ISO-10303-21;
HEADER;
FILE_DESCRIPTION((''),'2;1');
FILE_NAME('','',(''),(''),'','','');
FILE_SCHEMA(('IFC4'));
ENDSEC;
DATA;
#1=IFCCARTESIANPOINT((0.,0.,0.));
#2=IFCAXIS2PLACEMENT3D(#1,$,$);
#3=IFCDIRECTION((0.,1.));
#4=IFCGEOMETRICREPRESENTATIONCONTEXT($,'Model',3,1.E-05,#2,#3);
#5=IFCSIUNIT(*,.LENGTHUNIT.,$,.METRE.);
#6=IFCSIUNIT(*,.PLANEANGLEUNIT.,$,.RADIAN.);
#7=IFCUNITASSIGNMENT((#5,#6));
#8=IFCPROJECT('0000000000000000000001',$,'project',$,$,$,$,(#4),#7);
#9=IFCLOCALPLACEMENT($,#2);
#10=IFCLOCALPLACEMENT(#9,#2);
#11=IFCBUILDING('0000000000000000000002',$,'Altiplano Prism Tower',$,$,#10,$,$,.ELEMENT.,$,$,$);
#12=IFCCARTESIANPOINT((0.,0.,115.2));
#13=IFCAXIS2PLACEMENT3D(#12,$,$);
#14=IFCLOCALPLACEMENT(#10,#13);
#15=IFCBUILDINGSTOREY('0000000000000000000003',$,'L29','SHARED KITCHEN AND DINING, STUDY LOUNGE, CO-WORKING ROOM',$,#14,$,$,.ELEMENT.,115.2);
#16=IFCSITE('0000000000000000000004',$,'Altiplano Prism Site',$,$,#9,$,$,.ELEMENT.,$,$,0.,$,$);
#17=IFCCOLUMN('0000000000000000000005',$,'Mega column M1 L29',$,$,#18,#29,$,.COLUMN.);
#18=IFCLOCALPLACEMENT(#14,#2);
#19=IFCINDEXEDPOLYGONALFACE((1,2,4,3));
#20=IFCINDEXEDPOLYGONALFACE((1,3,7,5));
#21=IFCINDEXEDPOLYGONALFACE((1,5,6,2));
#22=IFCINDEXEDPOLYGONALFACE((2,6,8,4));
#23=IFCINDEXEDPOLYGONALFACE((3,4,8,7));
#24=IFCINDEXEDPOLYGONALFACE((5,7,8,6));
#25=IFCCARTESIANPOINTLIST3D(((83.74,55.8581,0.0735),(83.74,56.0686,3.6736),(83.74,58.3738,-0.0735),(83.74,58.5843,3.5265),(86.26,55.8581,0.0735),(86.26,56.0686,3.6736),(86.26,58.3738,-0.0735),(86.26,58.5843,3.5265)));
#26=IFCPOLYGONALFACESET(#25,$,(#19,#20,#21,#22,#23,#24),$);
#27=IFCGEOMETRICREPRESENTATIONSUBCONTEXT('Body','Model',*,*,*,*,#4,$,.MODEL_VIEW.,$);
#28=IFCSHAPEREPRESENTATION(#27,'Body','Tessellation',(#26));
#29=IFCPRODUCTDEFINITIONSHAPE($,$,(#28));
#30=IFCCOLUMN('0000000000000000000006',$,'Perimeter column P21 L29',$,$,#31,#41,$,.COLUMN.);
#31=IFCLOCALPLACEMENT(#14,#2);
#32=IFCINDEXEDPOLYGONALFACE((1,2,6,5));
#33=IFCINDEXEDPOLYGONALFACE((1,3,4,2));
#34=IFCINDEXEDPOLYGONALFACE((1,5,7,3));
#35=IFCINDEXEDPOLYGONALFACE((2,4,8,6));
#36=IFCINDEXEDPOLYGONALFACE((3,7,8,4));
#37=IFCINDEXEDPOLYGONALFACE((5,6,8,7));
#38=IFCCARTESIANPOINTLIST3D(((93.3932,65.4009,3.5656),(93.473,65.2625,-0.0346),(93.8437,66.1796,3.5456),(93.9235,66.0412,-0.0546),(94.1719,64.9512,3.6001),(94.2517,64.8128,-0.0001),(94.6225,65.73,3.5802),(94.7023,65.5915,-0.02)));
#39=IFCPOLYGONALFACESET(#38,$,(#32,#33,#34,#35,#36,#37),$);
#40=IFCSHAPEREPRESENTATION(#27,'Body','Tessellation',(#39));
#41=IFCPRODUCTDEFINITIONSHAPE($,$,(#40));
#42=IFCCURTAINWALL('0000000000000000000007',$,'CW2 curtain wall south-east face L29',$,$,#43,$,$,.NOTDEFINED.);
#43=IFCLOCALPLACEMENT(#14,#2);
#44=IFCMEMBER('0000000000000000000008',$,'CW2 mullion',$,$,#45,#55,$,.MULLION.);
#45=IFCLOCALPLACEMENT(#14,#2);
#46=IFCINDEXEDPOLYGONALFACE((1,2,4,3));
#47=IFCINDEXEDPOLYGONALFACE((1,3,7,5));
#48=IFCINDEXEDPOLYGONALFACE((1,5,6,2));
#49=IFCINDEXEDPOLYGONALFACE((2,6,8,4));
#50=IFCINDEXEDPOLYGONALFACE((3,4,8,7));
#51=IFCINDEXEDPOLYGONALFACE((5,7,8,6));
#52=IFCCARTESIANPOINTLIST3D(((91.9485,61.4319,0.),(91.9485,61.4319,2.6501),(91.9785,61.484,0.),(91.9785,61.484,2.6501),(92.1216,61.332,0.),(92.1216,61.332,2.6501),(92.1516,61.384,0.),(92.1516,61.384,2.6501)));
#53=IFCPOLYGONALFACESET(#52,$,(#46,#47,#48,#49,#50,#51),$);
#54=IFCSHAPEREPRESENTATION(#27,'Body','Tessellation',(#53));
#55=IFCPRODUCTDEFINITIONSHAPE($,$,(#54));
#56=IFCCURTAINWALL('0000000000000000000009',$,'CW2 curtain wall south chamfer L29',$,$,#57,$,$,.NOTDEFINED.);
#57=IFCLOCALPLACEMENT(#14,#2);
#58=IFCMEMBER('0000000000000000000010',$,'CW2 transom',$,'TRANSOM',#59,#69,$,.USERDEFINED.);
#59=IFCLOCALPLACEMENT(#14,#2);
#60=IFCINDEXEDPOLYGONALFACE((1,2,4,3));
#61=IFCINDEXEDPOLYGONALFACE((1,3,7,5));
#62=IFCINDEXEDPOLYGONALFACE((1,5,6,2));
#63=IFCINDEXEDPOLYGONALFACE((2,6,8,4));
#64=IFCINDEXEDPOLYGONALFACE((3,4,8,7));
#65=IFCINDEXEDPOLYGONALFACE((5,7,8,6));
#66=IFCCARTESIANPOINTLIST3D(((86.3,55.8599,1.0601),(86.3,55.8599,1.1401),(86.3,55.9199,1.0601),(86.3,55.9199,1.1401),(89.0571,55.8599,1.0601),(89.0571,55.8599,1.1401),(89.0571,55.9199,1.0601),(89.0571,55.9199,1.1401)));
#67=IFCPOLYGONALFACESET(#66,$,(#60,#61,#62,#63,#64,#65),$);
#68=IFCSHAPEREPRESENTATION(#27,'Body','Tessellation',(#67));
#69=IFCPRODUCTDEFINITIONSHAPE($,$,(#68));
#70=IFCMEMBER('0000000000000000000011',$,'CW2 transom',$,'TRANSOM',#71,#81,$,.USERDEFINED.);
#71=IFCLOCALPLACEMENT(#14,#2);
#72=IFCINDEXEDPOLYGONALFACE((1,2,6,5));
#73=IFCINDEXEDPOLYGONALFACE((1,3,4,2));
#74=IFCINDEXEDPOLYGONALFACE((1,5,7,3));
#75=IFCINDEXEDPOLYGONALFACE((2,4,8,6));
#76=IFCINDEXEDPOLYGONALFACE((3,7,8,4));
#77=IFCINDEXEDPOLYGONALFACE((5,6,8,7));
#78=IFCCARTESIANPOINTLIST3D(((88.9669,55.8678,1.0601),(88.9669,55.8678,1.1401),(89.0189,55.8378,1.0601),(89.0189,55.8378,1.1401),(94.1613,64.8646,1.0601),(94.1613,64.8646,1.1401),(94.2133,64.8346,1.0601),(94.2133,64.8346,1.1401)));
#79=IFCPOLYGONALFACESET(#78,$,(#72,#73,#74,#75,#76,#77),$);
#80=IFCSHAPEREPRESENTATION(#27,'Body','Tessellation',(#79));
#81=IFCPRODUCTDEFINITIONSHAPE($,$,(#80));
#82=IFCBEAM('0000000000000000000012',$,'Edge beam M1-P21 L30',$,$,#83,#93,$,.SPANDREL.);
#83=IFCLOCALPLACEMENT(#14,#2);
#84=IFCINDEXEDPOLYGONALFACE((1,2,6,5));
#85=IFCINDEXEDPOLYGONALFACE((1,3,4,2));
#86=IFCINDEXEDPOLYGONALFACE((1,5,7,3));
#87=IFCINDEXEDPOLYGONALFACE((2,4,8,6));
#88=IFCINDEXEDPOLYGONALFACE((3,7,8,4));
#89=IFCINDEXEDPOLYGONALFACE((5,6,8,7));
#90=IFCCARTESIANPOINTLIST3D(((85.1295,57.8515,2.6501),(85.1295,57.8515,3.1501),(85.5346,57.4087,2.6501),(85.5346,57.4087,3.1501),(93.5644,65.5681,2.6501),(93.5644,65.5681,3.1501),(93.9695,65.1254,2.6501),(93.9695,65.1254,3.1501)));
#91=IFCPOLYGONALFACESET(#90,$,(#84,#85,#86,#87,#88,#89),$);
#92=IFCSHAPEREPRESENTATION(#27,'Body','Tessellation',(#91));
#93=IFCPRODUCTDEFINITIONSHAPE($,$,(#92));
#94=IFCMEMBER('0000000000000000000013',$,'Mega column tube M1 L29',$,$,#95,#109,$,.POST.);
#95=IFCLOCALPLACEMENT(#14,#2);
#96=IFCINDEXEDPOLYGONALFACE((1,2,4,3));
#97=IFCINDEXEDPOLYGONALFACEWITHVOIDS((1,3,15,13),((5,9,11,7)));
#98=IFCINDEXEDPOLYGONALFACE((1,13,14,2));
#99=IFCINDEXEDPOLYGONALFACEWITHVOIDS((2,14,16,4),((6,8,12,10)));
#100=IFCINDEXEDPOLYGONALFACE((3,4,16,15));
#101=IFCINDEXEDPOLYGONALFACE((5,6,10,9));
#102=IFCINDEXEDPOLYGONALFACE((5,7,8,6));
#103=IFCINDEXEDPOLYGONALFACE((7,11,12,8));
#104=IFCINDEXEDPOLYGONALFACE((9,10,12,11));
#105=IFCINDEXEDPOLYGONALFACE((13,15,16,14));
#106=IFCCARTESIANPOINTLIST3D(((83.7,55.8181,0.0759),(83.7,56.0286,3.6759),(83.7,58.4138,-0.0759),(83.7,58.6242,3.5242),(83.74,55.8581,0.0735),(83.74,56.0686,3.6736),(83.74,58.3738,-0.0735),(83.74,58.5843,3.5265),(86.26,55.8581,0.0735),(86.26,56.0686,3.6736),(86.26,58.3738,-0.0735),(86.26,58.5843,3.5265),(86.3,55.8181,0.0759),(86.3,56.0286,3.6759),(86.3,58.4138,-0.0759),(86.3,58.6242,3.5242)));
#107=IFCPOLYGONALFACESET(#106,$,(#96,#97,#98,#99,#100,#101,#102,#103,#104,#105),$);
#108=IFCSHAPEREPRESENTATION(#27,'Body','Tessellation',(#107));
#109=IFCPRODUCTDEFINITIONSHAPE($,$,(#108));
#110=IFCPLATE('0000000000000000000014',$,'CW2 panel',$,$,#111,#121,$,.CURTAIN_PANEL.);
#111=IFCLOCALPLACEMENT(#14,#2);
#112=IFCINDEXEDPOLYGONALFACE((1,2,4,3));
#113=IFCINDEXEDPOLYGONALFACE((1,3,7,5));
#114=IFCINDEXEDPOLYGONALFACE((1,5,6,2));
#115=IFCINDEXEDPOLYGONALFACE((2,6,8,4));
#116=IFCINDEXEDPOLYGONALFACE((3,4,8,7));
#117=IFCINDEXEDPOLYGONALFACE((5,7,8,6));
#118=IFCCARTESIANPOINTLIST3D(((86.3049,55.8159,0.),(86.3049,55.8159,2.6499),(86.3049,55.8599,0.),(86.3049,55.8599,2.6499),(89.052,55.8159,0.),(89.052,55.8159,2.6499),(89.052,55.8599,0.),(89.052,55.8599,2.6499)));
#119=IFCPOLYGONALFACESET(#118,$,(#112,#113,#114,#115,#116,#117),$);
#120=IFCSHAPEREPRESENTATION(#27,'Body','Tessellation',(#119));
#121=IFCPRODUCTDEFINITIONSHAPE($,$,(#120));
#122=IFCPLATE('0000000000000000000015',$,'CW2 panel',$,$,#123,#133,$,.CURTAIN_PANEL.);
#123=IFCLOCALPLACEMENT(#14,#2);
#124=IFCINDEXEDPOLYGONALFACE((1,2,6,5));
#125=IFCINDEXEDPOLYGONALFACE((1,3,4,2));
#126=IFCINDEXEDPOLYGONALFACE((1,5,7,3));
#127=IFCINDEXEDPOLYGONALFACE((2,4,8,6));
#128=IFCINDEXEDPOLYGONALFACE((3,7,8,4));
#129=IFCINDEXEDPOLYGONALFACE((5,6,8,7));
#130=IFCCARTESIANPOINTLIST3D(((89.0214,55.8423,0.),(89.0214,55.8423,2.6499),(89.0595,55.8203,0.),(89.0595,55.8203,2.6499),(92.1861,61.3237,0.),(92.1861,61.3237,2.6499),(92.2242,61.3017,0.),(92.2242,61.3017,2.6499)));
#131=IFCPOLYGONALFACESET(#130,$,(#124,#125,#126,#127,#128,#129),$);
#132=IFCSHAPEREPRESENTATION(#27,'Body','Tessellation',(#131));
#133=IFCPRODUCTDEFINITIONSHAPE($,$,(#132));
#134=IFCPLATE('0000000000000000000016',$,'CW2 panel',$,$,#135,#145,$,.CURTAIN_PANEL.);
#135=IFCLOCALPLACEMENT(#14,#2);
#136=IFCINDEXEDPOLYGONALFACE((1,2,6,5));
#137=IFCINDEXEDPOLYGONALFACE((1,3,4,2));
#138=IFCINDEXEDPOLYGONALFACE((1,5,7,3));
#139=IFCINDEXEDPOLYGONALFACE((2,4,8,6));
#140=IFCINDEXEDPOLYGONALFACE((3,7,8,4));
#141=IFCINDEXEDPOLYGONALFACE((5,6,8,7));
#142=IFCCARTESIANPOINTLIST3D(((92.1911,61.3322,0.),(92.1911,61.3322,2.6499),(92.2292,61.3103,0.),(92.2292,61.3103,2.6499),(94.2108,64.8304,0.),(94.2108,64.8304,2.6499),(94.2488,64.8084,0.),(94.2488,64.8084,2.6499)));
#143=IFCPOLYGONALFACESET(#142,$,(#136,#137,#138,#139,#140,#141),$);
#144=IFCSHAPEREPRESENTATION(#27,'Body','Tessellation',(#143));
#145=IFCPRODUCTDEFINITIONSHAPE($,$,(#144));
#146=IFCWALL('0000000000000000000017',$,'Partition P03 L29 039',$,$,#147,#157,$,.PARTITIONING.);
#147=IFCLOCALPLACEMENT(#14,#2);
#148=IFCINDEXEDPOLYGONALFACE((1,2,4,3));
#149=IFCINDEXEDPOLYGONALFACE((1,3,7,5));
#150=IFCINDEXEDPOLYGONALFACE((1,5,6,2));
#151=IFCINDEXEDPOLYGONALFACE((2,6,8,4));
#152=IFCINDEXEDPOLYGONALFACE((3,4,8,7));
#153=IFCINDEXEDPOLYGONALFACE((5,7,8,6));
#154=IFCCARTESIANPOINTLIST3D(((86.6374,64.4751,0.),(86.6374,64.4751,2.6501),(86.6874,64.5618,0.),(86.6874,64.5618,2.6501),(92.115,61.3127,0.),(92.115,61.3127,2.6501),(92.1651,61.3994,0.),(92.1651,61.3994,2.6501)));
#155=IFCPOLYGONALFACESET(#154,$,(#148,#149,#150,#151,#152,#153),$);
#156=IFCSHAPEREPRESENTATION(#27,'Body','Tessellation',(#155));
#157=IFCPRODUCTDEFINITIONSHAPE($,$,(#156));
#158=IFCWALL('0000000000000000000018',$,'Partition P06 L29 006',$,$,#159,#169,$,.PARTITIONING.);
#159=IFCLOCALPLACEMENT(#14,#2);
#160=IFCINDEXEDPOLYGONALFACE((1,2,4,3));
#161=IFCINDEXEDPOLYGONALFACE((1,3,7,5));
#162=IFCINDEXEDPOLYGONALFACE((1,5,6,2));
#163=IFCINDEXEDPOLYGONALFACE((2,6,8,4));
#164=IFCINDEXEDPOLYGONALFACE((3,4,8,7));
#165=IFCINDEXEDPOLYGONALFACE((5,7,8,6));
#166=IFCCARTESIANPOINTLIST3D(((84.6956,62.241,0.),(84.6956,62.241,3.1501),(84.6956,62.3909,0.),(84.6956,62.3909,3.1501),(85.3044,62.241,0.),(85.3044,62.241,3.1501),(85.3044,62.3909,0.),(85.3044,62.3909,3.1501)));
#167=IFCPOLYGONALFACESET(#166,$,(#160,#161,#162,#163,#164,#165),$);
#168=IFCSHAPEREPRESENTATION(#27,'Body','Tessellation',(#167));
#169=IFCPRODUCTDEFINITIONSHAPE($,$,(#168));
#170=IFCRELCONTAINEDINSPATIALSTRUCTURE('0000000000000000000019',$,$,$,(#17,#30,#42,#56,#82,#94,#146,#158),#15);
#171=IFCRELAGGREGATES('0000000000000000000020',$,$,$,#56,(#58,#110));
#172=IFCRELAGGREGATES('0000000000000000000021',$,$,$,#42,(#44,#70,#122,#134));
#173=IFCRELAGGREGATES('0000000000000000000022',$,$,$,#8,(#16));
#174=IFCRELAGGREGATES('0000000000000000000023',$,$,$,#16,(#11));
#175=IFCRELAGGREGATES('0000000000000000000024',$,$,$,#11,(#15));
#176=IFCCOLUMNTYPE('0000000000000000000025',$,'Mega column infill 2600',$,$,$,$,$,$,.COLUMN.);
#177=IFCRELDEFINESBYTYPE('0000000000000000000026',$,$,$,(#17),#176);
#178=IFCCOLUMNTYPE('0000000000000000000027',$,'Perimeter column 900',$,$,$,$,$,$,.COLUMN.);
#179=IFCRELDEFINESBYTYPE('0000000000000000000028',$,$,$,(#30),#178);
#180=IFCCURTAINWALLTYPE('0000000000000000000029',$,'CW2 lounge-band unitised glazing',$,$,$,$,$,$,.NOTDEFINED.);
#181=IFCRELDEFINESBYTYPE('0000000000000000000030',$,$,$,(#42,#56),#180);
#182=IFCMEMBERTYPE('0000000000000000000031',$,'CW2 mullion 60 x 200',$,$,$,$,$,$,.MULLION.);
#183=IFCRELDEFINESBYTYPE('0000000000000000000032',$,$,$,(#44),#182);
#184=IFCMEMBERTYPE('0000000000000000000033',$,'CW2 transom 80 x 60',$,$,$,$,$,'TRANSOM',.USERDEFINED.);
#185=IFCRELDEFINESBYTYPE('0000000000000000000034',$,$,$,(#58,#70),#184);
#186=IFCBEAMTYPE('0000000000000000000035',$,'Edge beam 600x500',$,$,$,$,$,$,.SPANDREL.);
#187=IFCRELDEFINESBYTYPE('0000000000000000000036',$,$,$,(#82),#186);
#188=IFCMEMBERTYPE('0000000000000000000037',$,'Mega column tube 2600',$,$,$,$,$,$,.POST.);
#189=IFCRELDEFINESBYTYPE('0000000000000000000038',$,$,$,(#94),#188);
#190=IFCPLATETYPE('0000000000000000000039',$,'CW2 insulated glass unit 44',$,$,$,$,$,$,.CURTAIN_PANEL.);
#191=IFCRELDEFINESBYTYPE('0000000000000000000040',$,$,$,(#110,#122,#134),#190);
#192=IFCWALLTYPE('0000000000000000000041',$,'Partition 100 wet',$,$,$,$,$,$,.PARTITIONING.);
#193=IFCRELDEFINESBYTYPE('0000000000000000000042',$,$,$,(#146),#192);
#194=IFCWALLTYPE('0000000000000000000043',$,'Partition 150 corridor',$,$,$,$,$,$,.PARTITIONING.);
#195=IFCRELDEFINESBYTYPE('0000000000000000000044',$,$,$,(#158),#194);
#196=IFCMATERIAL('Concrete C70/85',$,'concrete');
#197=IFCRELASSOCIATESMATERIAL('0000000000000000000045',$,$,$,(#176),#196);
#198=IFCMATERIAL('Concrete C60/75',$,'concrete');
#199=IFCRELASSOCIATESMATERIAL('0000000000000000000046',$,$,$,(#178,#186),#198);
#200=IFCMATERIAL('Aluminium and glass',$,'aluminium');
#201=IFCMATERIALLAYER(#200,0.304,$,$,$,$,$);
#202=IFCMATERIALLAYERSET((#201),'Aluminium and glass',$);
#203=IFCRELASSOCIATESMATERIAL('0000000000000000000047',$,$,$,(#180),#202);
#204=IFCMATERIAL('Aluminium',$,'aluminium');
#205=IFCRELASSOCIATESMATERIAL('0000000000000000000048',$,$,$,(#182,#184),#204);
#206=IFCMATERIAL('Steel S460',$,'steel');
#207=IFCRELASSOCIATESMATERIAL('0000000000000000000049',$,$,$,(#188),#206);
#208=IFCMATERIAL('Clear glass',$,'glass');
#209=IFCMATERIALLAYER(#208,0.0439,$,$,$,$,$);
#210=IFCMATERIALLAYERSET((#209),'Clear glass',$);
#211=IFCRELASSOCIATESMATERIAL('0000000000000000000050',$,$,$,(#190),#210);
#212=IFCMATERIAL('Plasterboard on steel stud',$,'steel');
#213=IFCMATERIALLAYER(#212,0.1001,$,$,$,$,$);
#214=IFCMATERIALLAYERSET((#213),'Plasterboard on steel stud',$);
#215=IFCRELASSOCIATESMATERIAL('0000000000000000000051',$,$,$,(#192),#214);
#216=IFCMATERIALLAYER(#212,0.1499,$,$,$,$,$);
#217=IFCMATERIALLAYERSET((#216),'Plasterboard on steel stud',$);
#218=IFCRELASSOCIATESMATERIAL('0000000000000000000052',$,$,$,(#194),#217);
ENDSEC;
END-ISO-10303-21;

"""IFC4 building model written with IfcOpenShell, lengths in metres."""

from ifc_helpers import new_model, si_unit, direction, frame, frame_2d, origin, origin_2d, place, context, subcontext, project, spatial, rectangle, hollow_rectangle, extrude, material, layer, layer_set, material_profile, profile_set, type_object, element, aggregate, save


model = new_model("IFC4")

# Units and contexts
model_context = context("Model", 3, precision=1e-05, world=origin(), true_north=direction((0.0, 1.0)))
body_context = subcontext(model_context, "Body", "Model", "MODEL_VIEW")
ifc_project = project(units=[si_unit("LENGTHUNIT", "METRE"), si_unit("PLANEANGLEUNIT", "RADIAN")], contexts=[model_context])

# Site, building, storey
site_placement = place(None, origin())
site = spatial("IfcSite", under=ifc_project, at=site_placement, Name="Altiplano Prism Site", CompositionType="ELEMENT", RefElevation=0.0)
building_placement = place(site_placement, origin())
building = spatial("IfcBuilding", under=site, at=building_placement, Name="Altiplano Prism Tower", CompositionType="ELEMENT")
storey_placement = place(building_placement, frame((0.0, 0.0, 115.2)))
storey = spatial("IfcBuildingStorey", under=building, at=storey_placement, Name="L29", Description="SHARED KITCHEN AND DINING, STUDY LOUNGE, CO-WORKING ROOM", CompositionType="ELEMENT", Elevation=115.2)

# Columns
ifc_material_1 = material(Name="Concrete C70/85", Category="concrete")
ifc_material_profile_1 = material_profile(ifc_material_1, rectangle(XDim=2.52, YDim=2.52, at=origin_2d()), Name="Mega column infill 2600")
ifc_profile_set_1 = profile_set([ifc_material_profile_1], Name="Concrete C70/85")
column_type_1 = type_object("IfcColumnType", Name="Mega column infill 2600", PredefinedType="COLUMN", material=ifc_profile_set_1)
column_1_placement = place(storey_placement, frame((85.0, 57.116, 0.0), z_axis=(0.0, 0.058357, 0.998296), x_axis=(-1.0, 0.0, 0.0)))
element("IfcColumn", 1, at=column_1_placement, inside=storey, type_object=column_type_1, Name="Mega column M1 L29", PredefinedType="COLUMN", context=body_context, shape_type="SweptSolid", body=[
    extrude(rectangle(XDim=2.52, YDim=2.52, at=origin_2d()), origin(), (0.0, 0.0, 1.0), 3.6062),
])
ifc_material_2 = material(Name="Concrete C60/75", Category="concrete")
ifc_material_profile_2 = material_profile(ifc_material_2, rectangle(XDim=0.8999, YDim=0.8999, at=origin_2d()), Name="Perimeter column 900")
ifc_profile_set_2 = profile_set([ifc_material_profile_2], Name="Concrete C60/75")
column_type_2 = type_object("IfcColumnType", Name="Perimeter column 900", PredefinedType="COLUMN", material=ifc_profile_set_2)
column_2_placement = place(storey_placement, frame((94.0876, 65.427, -0.0273), z_axis=(-0.022154, 0.038413, 0.999016), x_axis=(-0.500657, -0.865362, 0.022172)))
element("IfcColumn", 2, at=column_2_placement, inside=storey, type_object=column_type_2, Name="Perimeter column P21 L29", PredefinedType="COLUMN", context=body_context, shape_type="SweptSolid", body=[
    extrude(rectangle(XDim=0.8999, YDim=0.8999, at=origin_2d()), origin(), (0.0, 0.0, 1.0), 3.6038),
])

# Curtain walls, members
ifc_material_3 = material(Name="Aluminium and glass", Category="aluminium")
ifc_layer_1 = layer(ifc_material_3, 0.304)
ifc_layer_set_1 = layer_set([ifc_layer_1], Name="Aluminium and glass")
curtain_wall_type = type_object("IfcCurtainWallType", Name="CW2 lounge-band unitised glazing", PredefinedType="NOTDEFINED", material=ifc_layer_set_1)
curtain_wall_1_placement = place(storey_placement, origin())
curtain_wall_1 = element("IfcCurtainWall", 3, at=curtain_wall_1_placement, inside=storey, type_object=curtain_wall_type, Name="CW2 curtain wall south-east face L29", PredefinedType="NOTDEFINED")
ifc_material_4 = material(Name="Aluminium", Category="aluminium")
ifc_material_profile_3 = material_profile(ifc_material_4, rectangle(XDim=0.2, YDim=0.0601, at=origin_2d()), Name="CW2 mullion 60 x 200")
ifc_profile_set_3 = profile_set([ifc_material_profile_3], Name="Aluminium")
member_type_1 = type_object("IfcMemberType", Name="CW2 mullion 60 x 200", PredefinedType="MULLION", material=ifc_profile_set_3)
member_1_placement = place(storey_placement, frame((92.05, 61.408, 0.0), z_axis=(0.0, 0.0, 1.0), x_axis=(-0.866025, 0.5, 0.0)))
member_1 = element("IfcMember", 4, at=member_1_placement, type_object=member_type_1, Name="CW2 mullion", PredefinedType="MULLION", context=body_context, shape_type="SweptSolid", body=[
    extrude(rectangle(XDim=0.2, YDim=0.0601, at=origin_2d()), origin(), (0.0, 0.0, 1.0), 2.6501),
])
curtain_wall_2_placement = place(storey_placement, origin())
curtain_wall_2 = element("IfcCurtainWall", 5, at=curtain_wall_2_placement, inside=storey, type_object=curtain_wall_type, Name="CW2 curtain wall south chamfer L29", PredefinedType="NOTDEFINED")
ifc_material_profile_4 = material_profile(ifc_material_4, rectangle(XDim=0.0601, YDim=0.0801, at=origin_2d()), Name="CW2 transom 80 x 60")
ifc_profile_set_4 = profile_set([ifc_material_profile_4], Name="Aluminium")
member_type_2 = type_object("IfcMemberType", Name="CW2 transom 80 x 60", ElementType="TRANSOM", PredefinedType="USERDEFINED", material=ifc_profile_set_4)
member_2_placement = place(storey_placement, frame((86.3, 55.8899, 1.1001), z_axis=(1.0, 0.0, 0.0), x_axis=(0.0, 1.0, 0.0)))
member_2 = element("IfcMember", 6, at=member_2_placement, type_object=member_type_2, Name="CW2 transom", ObjectType="TRANSOM", PredefinedType="USERDEFINED", context=body_context, shape_type="SweptSolid", body=[
    extrude(rectangle(XDim=0.0601, YDim=0.0801, at=origin_2d()), origin(), (0.0, 0.0, 1.0), 2.7571),
])

# Member
member_3_placement = place(storey_placement, frame((88.9929, 55.8528, 1.1001), z_axis=(0.500001, 0.866025, 0.0), x_axis=(-0.866025, 0.500001, 0.0)))
member_3 = element("IfcMember", 7, at=member_3_placement, type_object=member_type_2, Name="CW2 transom", ObjectType="TRANSOM", PredefinedType="USERDEFINED", context=body_context, shape_type="SweptSolid", body=[
    extrude(rectangle(XDim=0.0601, YDim=0.0801, at=origin_2d()), origin(), (0.0, 0.0, 1.0), 10.3887),
])

# Beam
ifc_material_profile_5 = material_profile(ifc_material_2, rectangle(XDim=0.6001, YDim=0.5, at=origin_2d()), Name="Edge beam 600x500")
ifc_profile_set_5 = profile_set([ifc_material_profile_5], Name="Concrete C60/75")
beam_type = type_object("IfcBeamType", Name="Edge beam 600x500", PredefinedType="SPANDREL", material=ifc_profile_set_5)
beam_placement = place(storey_placement, frame((85.332, 57.6301, 2.9001), z_axis=(0.737823, 0.674994, 0.0), x_axis=(-0.674994, 0.737823, 0.0)))
element("IfcBeam", 8, at=beam_placement, inside=storey, type_object=beam_type, Name="Edge beam M1-P21 L30", PredefinedType="SPANDREL", context=body_context, shape_type="SweptSolid", body=[
    extrude(rectangle(XDim=0.6001, YDim=0.5, at=origin_2d()), origin(), (0.0, 0.0, 1.0), 11.4321),
])

# Member
ifc_material_5 = material(Name="Steel S460", Category="steel")
ifc_material_profile_6 = material_profile(ifc_material_5, hollow_rectangle(XDim=2.6001, YDim=2.6001, WallThickness=0.04, at=origin_2d()), Name="Mega column tube 2600")
ifc_profile_set_6 = profile_set([ifc_material_profile_6], Name="Steel S460")
member_type_3 = type_object("IfcMemberType", Name="Mega column tube 2600", PredefinedType="POST", material=ifc_profile_set_6)
member_4_placement = place(storey_placement, frame((85.0, 57.116, 0.0), z_axis=(0.0, 0.058357, 0.998296), x_axis=(-1.0, 0.0, 0.0)))
element("IfcMember", 9, at=member_4_placement, inside=storey, type_object=member_type_3, Name="Mega column tube M1 L29", PredefinedType="POST", context=body_context, shape_type="SweptSolid", body=[
    extrude(hollow_rectangle(XDim=2.6001, YDim=2.6001, WallThickness=0.04, at=origin_2d()), origin(), (0.0, 0.0, 1.0), 3.6062),
])

# Plates
ifc_material_6 = material(Name="Clear glass", Category="glass")
ifc_layer_2 = layer(ifc_material_6, 0.0439)
ifc_layer_set_2 = layer_set([ifc_layer_2], Name="Clear glass")
plate_type = type_object("IfcPlateType", Name="CW2 insulated glass unit 44", PredefinedType="CURTAIN_PANEL", material=ifc_layer_set_2)
plate_1_placement = place(storey_placement, frame((87.6785, 55.8379, 0.0), z_axis=(0.0, 0.0, 1.0), x_axis=(1.0, 0.0, 0.0)))
plate_1 = element("IfcPlate", 10, at=plate_1_placement, type_object=plate_type, Name="CW2 panel", PredefinedType="CURTAIN_PANEL", context=body_context, shape_type="SweptSolid", body=[
    extrude(rectangle(XDim=2.7471, YDim=0.0439, at=origin_2d()), origin(), (0.0, 0.0, 1.0), 2.6499),
])
aggregate(curtain_wall_2, [member_2, plate_1])
plate_2_placement = place(storey_placement, frame((90.6228, 58.572, 0.0), z_axis=(0.0, 0.0, 1.0), x_axis=(0.5, 0.866025, 0.0)))
plate_2 = element("IfcPlate", 11, at=plate_2_placement, type_object=plate_type, Name="CW2 panel", PredefinedType="CURTAIN_PANEL", context=body_context, shape_type="SweptSolid", body=[
    extrude(rectangle(XDim=6.3293, YDim=0.0439, at=origin_2d()), origin(), (0.0, 0.0, 1.0), 2.6499),
])
plate_3_placement = place(storey_placement, frame((93.22, 63.0703, 0.0), z_axis=(0.0, 0.0, 1.0), x_axis=(0.5, 0.866025, 0.0)))
plate_3 = element("IfcPlate", 12, at=plate_3_placement, type_object=plate_type, Name="CW2 panel", PredefinedType="CURTAIN_PANEL", context=body_context, shape_type="SweptSolid", body=[
    extrude(rectangle(XDim=4.0393, YDim=0.0439, at=origin_2d()), origin(), (0.0, 0.0, 1.0), 2.6499),
])
aggregate(curtain_wall_1, [member_1, member_3, plate_2, plate_3])

# Walls
ifc_material_7 = material(Name="Plasterboard on steel stud", Category="steel")
ifc_layer_3 = layer(ifc_material_7, 0.1001)
ifc_layer_set_3 = layer_set([ifc_layer_3], Name="Plasterboard on steel stud")
wall_type_1 = type_object("IfcWallType", Name="Partition 100 wet", PredefinedType="PARTITIONING", material=ifc_layer_set_3)
wall_1_placement = place(storey_placement, frame((92.1401, 61.356, 0.0), z_axis=(0.0, 0.0, 1.0), x_axis=(-0.866033, 0.499988, 0.0)))
element("IfcWall", 13, at=wall_1_placement, inside=storey, type_object=wall_type_1, Name="Partition P03 L29 039", PredefinedType="PARTITIONING", context=body_context, shape_type="SweptSolid", body=[
    extrude(rectangle(XDim=6.325, YDim=0.1001, at=frame_2d((3.1626, 0.0))), origin(), (0.0, 0.0, 1.0), 2.6501),
])
ifc_layer_4 = layer(ifc_material_7, 0.1499)
ifc_layer_set_4 = layer_set([ifc_layer_4], Name="Plasterboard on steel stud")
wall_type_2 = type_object("IfcWallType", Name="Partition 150 corridor", PredefinedType="PARTITIONING", material=ifc_layer_set_4)
wall_2_placement = place(storey_placement, frame((84.6956, 62.3159, 0.0), z_axis=(0.0, 0.0, 1.0), x_axis=(1.0, 0.0, 0.0)))
element("IfcWall", 14, at=wall_2_placement, inside=storey, type_object=wall_type_2, Name="Partition P06 L29 006", PredefinedType="PARTITIONING", context=body_context, shape_type="SweptSolid", body=[
    extrude(rectangle(XDim=0.6089, YDim=0.1499, at=frame_2d((0.3044, 0.0))), origin(), (0.0, 0.0, 1.0), 3.1501),
])

save(model, "model.ifc")
